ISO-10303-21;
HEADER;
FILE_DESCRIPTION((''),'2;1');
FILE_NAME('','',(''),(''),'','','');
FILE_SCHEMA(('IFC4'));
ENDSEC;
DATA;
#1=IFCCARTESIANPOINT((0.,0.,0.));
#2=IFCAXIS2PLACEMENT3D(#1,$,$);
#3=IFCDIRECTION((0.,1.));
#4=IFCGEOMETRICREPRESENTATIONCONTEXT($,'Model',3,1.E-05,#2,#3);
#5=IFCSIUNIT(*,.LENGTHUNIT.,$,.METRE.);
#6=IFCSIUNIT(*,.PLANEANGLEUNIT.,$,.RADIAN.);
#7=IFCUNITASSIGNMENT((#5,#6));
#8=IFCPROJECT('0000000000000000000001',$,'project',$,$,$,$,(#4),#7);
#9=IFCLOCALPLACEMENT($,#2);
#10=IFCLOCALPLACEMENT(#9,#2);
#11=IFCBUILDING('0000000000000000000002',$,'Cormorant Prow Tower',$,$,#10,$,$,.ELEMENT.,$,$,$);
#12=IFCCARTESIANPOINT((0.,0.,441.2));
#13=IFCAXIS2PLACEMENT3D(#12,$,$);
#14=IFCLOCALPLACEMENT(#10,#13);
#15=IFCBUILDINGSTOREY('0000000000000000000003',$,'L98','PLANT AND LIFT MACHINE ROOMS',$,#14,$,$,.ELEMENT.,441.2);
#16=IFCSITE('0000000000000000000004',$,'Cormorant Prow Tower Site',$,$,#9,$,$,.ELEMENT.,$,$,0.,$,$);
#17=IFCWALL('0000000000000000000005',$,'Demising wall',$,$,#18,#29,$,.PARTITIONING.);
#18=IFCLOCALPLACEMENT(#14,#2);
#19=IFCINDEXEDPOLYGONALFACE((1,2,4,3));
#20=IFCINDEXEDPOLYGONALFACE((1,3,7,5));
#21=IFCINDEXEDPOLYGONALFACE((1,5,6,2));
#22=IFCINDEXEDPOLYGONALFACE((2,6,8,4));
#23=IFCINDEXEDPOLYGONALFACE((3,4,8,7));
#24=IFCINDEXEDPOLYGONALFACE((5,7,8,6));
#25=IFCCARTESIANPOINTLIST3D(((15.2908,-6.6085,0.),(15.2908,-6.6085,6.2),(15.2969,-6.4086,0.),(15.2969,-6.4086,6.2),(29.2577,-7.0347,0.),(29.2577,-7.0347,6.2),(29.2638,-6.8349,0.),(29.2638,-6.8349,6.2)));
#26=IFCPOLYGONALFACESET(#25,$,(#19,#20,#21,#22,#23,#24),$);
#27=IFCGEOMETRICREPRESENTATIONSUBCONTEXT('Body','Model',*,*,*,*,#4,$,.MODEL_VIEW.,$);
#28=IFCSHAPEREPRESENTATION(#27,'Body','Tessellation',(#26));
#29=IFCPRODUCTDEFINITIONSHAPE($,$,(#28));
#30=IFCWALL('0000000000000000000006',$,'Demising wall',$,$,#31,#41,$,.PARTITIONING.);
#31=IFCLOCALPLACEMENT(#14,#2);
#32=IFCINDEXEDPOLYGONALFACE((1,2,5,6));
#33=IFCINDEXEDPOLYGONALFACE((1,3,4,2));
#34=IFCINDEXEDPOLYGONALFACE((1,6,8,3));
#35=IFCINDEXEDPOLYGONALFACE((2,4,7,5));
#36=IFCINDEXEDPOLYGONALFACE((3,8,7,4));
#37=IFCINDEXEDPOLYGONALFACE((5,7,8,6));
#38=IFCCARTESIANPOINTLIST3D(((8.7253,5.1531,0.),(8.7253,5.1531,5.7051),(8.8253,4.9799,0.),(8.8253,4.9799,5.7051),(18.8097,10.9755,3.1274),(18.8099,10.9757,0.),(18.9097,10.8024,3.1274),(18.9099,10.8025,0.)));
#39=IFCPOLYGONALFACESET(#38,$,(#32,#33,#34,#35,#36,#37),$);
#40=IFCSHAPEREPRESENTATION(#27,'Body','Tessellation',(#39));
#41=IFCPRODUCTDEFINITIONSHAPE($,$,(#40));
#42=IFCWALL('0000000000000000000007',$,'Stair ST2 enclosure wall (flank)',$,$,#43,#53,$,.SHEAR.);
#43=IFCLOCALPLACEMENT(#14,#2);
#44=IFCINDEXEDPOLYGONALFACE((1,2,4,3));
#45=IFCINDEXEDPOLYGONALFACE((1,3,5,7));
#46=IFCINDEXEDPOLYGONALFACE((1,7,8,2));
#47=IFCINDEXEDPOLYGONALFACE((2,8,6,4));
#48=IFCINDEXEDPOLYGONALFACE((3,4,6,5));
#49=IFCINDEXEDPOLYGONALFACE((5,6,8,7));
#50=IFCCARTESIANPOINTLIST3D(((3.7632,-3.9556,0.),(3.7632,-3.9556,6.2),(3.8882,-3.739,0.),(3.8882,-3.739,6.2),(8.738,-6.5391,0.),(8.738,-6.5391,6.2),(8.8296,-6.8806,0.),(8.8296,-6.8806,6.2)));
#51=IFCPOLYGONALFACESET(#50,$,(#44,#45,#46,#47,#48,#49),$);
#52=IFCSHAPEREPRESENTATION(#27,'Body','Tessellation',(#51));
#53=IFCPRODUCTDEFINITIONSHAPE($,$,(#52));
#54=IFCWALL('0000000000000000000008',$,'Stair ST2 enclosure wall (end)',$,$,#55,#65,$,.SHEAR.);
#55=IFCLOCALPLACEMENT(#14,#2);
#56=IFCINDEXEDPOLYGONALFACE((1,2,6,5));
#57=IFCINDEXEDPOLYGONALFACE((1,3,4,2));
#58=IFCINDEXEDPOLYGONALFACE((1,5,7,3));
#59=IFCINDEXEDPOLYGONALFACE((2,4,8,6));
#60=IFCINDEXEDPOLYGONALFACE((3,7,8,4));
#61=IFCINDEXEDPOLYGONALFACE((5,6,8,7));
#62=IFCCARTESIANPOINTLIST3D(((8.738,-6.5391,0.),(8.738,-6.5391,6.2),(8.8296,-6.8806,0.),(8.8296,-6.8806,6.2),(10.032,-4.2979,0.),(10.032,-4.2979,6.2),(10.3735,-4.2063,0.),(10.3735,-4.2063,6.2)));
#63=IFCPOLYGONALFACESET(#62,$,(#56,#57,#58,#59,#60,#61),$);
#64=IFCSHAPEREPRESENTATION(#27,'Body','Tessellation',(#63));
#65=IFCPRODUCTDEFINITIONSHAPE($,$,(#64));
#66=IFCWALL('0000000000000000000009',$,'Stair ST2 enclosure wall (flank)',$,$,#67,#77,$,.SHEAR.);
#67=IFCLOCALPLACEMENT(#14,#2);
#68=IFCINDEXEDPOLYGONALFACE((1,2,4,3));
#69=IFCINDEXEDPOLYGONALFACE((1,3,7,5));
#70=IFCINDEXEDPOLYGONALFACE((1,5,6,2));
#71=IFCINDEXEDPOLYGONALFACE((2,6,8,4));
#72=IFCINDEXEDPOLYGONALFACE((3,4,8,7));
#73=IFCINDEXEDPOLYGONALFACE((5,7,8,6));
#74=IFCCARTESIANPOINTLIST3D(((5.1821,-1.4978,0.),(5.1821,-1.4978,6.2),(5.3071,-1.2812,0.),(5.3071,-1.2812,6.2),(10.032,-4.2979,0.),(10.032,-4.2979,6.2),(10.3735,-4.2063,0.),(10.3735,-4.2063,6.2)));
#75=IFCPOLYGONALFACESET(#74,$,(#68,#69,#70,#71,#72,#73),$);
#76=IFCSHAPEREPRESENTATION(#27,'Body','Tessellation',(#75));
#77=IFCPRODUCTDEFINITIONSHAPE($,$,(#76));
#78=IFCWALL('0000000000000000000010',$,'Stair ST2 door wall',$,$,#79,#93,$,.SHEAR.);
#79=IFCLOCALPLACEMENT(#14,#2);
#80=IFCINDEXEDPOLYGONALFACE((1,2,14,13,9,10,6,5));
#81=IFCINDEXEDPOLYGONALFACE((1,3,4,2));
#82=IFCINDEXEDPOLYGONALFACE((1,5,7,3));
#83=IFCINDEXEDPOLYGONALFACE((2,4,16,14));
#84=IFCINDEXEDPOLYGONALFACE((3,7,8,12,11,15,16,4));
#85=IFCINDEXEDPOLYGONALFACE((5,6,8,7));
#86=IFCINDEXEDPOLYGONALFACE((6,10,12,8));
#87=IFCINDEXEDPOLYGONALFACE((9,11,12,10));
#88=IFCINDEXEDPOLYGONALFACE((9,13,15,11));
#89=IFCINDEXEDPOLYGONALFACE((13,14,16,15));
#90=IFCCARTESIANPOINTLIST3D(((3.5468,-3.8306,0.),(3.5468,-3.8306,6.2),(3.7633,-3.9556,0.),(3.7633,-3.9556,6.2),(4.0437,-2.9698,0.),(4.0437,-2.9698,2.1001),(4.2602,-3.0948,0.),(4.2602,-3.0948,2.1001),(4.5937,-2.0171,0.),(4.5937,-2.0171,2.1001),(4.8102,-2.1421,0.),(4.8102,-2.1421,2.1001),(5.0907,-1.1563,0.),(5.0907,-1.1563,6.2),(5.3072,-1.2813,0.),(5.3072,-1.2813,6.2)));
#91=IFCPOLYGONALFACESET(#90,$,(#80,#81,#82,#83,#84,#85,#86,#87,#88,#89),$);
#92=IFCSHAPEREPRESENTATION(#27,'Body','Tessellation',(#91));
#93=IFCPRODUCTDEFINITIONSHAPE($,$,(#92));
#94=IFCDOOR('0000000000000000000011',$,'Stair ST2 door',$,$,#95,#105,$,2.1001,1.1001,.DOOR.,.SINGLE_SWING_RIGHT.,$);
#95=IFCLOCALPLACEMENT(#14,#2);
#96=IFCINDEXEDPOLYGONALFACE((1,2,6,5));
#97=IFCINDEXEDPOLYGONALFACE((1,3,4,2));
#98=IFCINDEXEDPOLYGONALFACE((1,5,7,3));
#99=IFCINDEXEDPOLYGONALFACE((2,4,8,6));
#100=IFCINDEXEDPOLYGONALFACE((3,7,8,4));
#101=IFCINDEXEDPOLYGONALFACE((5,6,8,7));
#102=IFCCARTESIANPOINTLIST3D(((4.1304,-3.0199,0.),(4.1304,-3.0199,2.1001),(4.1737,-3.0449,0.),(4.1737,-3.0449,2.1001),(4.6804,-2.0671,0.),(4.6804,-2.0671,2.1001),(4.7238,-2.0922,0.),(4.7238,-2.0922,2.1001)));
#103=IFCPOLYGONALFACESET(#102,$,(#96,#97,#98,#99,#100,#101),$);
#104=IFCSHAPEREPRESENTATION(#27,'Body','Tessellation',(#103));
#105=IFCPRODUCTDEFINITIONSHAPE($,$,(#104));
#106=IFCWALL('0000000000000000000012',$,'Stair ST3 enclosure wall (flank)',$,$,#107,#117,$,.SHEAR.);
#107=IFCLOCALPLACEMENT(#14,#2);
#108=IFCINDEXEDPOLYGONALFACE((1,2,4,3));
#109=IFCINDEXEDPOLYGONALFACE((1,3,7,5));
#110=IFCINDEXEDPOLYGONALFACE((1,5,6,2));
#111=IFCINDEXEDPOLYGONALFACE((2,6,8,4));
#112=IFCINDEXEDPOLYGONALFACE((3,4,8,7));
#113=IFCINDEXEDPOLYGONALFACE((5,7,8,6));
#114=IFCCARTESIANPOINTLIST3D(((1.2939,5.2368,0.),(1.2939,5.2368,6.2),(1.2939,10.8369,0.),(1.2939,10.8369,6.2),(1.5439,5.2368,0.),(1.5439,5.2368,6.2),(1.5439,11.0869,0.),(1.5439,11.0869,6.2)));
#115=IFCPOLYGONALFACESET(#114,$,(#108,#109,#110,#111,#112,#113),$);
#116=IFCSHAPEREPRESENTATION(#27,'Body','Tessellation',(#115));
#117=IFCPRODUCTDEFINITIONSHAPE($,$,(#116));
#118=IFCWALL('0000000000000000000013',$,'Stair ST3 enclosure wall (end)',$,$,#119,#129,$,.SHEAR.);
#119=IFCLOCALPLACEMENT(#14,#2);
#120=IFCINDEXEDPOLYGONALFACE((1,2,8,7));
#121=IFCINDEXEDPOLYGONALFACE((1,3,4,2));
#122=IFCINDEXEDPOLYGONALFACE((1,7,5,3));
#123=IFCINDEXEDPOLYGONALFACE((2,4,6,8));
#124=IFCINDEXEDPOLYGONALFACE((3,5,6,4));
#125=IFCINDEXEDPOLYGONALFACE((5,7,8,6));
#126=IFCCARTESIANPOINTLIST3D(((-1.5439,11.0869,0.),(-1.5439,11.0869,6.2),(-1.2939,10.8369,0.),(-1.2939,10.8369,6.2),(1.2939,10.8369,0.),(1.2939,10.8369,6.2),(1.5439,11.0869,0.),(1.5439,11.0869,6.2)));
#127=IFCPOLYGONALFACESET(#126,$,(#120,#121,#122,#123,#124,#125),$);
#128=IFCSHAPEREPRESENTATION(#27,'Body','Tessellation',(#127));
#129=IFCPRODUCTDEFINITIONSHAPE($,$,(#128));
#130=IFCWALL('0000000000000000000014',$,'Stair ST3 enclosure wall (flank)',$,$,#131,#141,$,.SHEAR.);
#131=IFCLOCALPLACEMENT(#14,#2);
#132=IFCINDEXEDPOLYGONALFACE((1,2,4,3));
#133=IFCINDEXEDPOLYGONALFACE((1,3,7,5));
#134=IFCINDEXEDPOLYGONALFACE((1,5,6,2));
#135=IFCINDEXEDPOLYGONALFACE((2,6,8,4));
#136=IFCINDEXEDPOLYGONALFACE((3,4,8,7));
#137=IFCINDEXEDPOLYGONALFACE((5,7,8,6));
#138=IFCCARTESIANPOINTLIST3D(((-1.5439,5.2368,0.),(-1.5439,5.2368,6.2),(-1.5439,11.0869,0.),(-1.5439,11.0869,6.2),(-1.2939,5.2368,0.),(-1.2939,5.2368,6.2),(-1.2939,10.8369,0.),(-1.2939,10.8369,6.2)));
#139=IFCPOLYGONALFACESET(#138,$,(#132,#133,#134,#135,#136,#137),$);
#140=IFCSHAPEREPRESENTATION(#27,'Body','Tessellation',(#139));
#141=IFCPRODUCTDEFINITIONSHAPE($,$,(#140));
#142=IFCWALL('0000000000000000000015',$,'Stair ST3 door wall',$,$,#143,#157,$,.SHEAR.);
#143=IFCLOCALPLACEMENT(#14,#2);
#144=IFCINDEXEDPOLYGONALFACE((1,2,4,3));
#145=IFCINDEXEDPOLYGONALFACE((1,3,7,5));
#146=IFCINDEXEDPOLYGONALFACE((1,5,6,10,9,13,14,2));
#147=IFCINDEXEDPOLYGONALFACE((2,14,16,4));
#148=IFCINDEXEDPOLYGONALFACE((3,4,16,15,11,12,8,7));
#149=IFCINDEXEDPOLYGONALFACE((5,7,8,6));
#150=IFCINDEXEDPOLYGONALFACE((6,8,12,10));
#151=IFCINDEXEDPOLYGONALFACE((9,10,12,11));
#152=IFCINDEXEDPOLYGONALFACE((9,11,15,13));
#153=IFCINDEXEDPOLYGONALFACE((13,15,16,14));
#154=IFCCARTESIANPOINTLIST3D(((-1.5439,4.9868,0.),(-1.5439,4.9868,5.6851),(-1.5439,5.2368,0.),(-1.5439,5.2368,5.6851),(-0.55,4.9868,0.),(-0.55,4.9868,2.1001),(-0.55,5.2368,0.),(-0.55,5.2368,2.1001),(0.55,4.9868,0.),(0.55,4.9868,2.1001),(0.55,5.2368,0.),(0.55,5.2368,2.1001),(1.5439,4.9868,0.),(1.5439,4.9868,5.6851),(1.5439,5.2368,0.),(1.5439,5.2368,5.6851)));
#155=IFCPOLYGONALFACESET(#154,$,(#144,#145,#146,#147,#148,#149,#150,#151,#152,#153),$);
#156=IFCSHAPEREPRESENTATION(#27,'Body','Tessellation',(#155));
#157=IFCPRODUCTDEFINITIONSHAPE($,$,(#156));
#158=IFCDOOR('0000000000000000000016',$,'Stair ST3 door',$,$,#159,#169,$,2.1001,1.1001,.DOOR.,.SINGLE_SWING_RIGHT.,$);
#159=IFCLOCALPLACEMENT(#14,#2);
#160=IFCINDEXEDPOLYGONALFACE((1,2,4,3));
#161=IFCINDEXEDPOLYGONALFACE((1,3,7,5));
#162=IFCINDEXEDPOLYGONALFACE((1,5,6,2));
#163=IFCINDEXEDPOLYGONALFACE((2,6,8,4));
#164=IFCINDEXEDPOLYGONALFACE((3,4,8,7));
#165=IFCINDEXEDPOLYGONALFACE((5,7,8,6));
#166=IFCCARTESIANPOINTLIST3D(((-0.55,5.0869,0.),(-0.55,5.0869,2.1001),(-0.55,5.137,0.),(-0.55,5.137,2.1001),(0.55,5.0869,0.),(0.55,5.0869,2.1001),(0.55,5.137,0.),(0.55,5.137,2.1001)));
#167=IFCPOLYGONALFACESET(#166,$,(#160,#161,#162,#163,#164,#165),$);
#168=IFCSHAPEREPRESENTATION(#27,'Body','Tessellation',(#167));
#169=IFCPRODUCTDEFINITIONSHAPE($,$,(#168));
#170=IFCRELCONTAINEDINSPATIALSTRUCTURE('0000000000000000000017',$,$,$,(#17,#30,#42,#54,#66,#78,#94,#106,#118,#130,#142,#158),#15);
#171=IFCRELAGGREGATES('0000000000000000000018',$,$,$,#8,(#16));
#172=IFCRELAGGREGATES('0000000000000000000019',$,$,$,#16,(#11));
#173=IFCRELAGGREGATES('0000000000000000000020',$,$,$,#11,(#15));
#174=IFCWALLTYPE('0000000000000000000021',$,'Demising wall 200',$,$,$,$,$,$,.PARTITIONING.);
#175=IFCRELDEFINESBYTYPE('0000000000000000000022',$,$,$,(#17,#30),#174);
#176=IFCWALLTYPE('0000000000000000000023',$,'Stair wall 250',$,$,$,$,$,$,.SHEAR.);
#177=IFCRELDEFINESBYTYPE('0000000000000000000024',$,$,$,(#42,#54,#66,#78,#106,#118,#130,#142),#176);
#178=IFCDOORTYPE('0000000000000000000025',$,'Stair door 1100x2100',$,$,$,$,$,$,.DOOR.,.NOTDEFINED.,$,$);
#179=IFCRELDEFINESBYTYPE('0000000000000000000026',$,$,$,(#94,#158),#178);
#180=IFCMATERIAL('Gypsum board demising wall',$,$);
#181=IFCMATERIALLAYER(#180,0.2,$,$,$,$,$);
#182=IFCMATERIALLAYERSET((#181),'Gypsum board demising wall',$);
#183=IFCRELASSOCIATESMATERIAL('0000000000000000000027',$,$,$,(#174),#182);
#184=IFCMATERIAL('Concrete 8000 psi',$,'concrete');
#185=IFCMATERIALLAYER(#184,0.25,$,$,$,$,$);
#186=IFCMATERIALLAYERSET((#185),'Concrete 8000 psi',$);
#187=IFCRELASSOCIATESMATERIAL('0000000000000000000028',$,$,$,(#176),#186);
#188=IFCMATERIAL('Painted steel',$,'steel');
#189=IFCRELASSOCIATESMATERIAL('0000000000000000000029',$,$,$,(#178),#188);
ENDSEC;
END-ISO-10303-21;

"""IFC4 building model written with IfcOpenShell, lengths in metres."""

from ifc_helpers import new_model, si_unit, direction, frame, frame_2d, origin, place, context, subcontext, project, spatial, polyline, rectangle, outline, extrude, material, layer, layer_set, type_object, element, fill, save


model = new_model("IFC4")

# Units and contexts
model_context = context("Model", 3, precision=1e-05, world=origin(), true_north=direction((0.0, 1.0)))
body_context = subcontext(model_context, "Body", "Model", "MODEL_VIEW")
ifc_project = project(units=[si_unit("LENGTHUNIT", "METRE"), si_unit("PLANEANGLEUNIT", "RADIAN")], contexts=[model_context])

# Site, building, storey
site_placement = place(None, origin())
site = spatial("IfcSite", under=ifc_project, at=site_placement, Name="Cormorant Prow Tower Site", CompositionType="ELEMENT", RefElevation=0.0)
building_placement = place(site_placement, origin())
building = spatial("IfcBuilding", under=site, at=building_placement, Name="Cormorant Prow Tower", CompositionType="ELEMENT")
storey_placement = place(building_placement, frame((0.0, 0.0, 441.2)))
storey = spatial("IfcBuildingStorey", under=building, at=storey_placement, Name="L98", Description="PLANT AND LIFT MACHINE ROOMS", CompositionType="ELEMENT", Elevation=441.2)

# Walls
ifc_material_1 = material(Name="Gypsum board demising wall")
ifc_layer_1 = layer(ifc_material_1, 0.2)
ifc_layer_set_1 = layer_set([ifc_layer_1], Name="Gypsum board demising wall")
wall_type_1 = type_object("IfcWallType", Name="Demising wall 200", PredefinedType="PARTITIONING", material=ifc_layer_set_1)
wall_1_placement = place(storey_placement, frame((15.2937, -6.5085, 0.0), z_axis=(0.0, 0.0, 1.0), x_axis=(0.999535, -0.030506, 0.0)))
element("IfcWall", 1, at=wall_1_placement, inside=storey, type_object=wall_type_1, Name="Demising wall", PredefinedType="PARTITIONING", context=body_context, shape_type="SweptSolid", body=[
    extrude(rectangle(XDim=13.9734, YDim=0.2, at=frame_2d((6.9868, 0.0))), origin(), (0.0, 0.0, 1.0), 6.2),
])
wall_2_placement = place(storey_placement, frame((8.7754, 5.0664, 0.0), z_axis=(0.0, 0.0, 1.0), x_axis=(0.866017, 0.500015, 0.0)))
element("IfcWall", 2, at=wall_2_placement, inside=storey, type_object=wall_type_1, Name="Demising wall", PredefinedType="PARTITIONING", context=body_context, shape_type="SweptSolid", body=[
    extrude(outline(polyline([(0.0, 0.0), (11.6448, 0.0), (11.6445, 3.1274), (0.0, 5.7051), (0.0, 0.0)])), frame((0.0, 0.1001, 0.0), z_axis=(0.0, -1.0, 0.0), x_axis=(1.0, 0.0, 0.0)), (0.0, 0.0, 1.0), 0.2),
])
ifc_material_2 = material(Name="Concrete 8000 psi", Category="concrete")
ifc_layer_2 = layer(ifc_material_2, 0.25)
ifc_layer_set_2 = layer_set([ifc_layer_2], Name="Concrete 8000 psi")
wall_type_2 = type_object("IfcWallType", Name="Stair wall 250", PredefinedType="SHEAR", material=ifc_layer_set_2)
wall_3_placement = place(storey_placement, origin())
element("IfcWall", 3, at=wall_3_placement, inside=storey, type_object=wall_type_2, Name="Stair ST2 enclosure wall (flank)", PredefinedType="SHEAR", context=body_context, shape_type="SweptSolid", body=[
    extrude(outline(polyline([(3.7632, -3.9556), (8.8296, -6.8806), (8.738, -6.5391), (3.8882, -3.739), (3.7632, -3.9556)])), origin(), (0.0, 0.0, 1.0), 6.2),
])
wall_4_placement = place(storey_placement, origin())
element("IfcWall", 4, at=wall_4_placement, inside=storey, type_object=wall_type_2, Name="Stair ST2 enclosure wall (end)", PredefinedType="SHEAR", context=body_context, shape_type="SweptSolid", body=[
    extrude(outline(polyline([(8.8296, -6.8806), (10.3735, -4.2063), (10.032, -4.2979), (8.738, -6.5391), (8.8296, -6.8806)])), origin(), (0.0, 0.0, 1.0), 6.2),
])
wall_5_placement = place(storey_placement, origin())
element("IfcWall", 5, at=wall_5_placement, inside=storey, type_object=wall_type_2, Name="Stair ST2 enclosure wall (flank)", PredefinedType="SHEAR", context=body_context, shape_type="SweptSolid", body=[
    extrude(outline(polyline([(10.032, -4.2979), (10.3735, -4.2063), (5.3071, -1.2812), (5.1821, -1.4978), (10.032, -4.2979)])), origin(), (0.0, 0.0, 1.0), 6.2),
])

# Wall, opening, door
wall_6_placement = place(storey_placement, frame((3.655, -3.8931, 0.0), z_axis=(0.0, 0.0, 1.0), x_axis=(0.499983, 0.866035, 0.0)))
wall_6 = element("IfcWall", 6, at=wall_6_placement, inside=storey, type_object=wall_type_2, Name="Stair ST2 door wall", PredefinedType="SHEAR", context=body_context, shape_type="SweptSolid", body=[
    extrude(rectangle(XDim=3.0879, YDim=0.25, at=frame_2d((1.5439, 0.0))), origin(), (0.0, 0.0, 1.0), 6.2),
])
opening_1_placement = place(wall_6_placement, frame((0.9939, 0.0, 0.0)))
opening_1 = element("IfcOpeningElement", 7, at=opening_1_placement, cuts=wall_6, PredefinedType="OPENING", context=body_context, shape_type="SweptSolid", body=[
    extrude(rectangle(XDim=1.1001, YDim=2.1001, at=frame_2d((0.55, 1.05))), frame((0.0, 0.135, 0.0), z_axis=(0.0, -1.0, 0.0), x_axis=(1.0, 0.0, 0.0)), (0.0, 0.0, 1.0), 0.27),
])
ifc_material_3 = material(Name="Painted steel", Category="steel")
door_type_1 = type_object("IfcDoorType", Name="Stair door 1100x2100", OperationType="NOTDEFINED", PredefinedType="DOOR", material=ifc_material_3)
door_1_placement = place(opening_1_placement, origin())
door_1 = element("IfcDoor", 8, at=door_1_placement, inside=storey, type_object=door_type_1, Name="Stair ST2 door", OperationType="SINGLE_SWING_RIGHT", OverallHeight=2.1001, OverallWidth=1.1001, PredefinedType="DOOR", context=body_context, shape_type="SweptSolid", body=[
    extrude(rectangle(XDim=1.1001, YDim=2.1001, at=frame_2d((0.55, 1.05))), frame((0.0, 0.0249, 0.0), z_axis=(0.0, -1.0, 0.0), x_axis=(1.0, 0.0, 0.0)), (0.0, 0.0, 1.0), 0.05),
])
fill(opening_1, door_1)

# Walls
wall_7_placement = place(storey_placement, origin())
element("IfcWall", 9, at=wall_7_placement, inside=storey, type_object=wall_type_2, Name="Stair ST3 enclosure wall (flank)", PredefinedType="SHEAR", context=body_context, shape_type="SweptSolid", body=[
    extrude(outline(polyline([(1.5439, 5.2368), (1.5439, 11.0869), (1.2939, 10.8369), (1.2939, 5.2368), (1.5439, 5.2368)])), origin(), (0.0, 0.0, 1.0), 6.2),
])
wall_8_placement = place(storey_placement, origin())
element("IfcWall", 10, at=wall_8_placement, inside=storey, type_object=wall_type_2, Name="Stair ST3 enclosure wall (end)", PredefinedType="SHEAR", context=body_context, shape_type="SweptSolid", body=[
    extrude(outline(polyline([(1.5439, 11.0869), (-1.5439, 11.0869), (-1.2939, 10.8369), (1.2939, 10.8369), (1.5439, 11.0869)])), origin(), (0.0, 0.0, 1.0), 6.2),
])
wall_9_placement = place(storey_placement, origin())
element("IfcWall", 11, at=wall_9_placement, inside=storey, type_object=wall_type_2, Name="Stair ST3 enclosure wall (flank)", PredefinedType="SHEAR", context=body_context, shape_type="SweptSolid", body=[
    extrude(outline(polyline([(-1.2939, 10.8369), (-1.5439, 11.0869), (-1.5439, 5.2368), (-1.2939, 5.2368), (-1.2939, 10.8369)])), origin(), (0.0, 0.0, 1.0), 6.2),
])

# Wall, opening, door
wall_10_placement = place(storey_placement, frame((1.5439, 5.1118, 0.0), z_axis=(0.0, 0.0, 1.0), x_axis=(-1.0, 0.0, 0.0)))
wall_10 = element("IfcWall", 12, at=wall_10_placement, inside=storey, type_object=wall_type_2, Name="Stair ST3 door wall", PredefinedType="SHEAR", context=body_context, shape_type="SweptSolid", body=[
    extrude(outline(polyline([(0.0, 0.0), (3.0879, 0.0), (3.0879, 5.6851), (0.0, 5.6851), (0.0, 0.0)])), frame((0.0, 0.125, 0.0), z_axis=(0.0, -1.0, 0.0), x_axis=(1.0, 0.0, 0.0)), (0.0, 0.0, 1.0), 0.25),
])
opening_2_placement = place(wall_10_placement, frame((0.9939, 0.0, 0.0)))
opening_2 = element("IfcOpeningElement", 13, at=opening_2_placement, cuts=wall_10, PredefinedType="OPENING", context=body_context, shape_type="SweptSolid", body=[
    extrude(rectangle(XDim=1.1001, YDim=2.1001, at=frame_2d((0.55, 1.05))), frame((0.0, 0.135, 0.0), z_axis=(0.0, -1.0, 0.0), x_axis=(1.0, 0.0, 0.0)), (0.0, 0.0, 1.0), 0.27),
])
door_2_placement = place(opening_2_placement, origin())
door_2 = element("IfcDoor", 14, at=door_2_placement, inside=storey, type_object=door_type_1, Name="Stair ST3 door", OperationType="SINGLE_SWING_RIGHT", OverallHeight=2.1001, OverallWidth=1.1001, PredefinedType="DOOR", context=body_context, shape_type="SweptSolid", body=[
    extrude(rectangle(XDim=1.1001, YDim=2.1001, at=frame_2d((0.55, 1.05))), frame((0.0, 0.0249, 0.0), z_axis=(0.0, -1.0, 0.0), x_axis=(1.0, 0.0, 0.0)), (0.0, 0.0, 1.0), 0.05),
])
fill(opening_2, door_2)

save(model, "model.ifc")
